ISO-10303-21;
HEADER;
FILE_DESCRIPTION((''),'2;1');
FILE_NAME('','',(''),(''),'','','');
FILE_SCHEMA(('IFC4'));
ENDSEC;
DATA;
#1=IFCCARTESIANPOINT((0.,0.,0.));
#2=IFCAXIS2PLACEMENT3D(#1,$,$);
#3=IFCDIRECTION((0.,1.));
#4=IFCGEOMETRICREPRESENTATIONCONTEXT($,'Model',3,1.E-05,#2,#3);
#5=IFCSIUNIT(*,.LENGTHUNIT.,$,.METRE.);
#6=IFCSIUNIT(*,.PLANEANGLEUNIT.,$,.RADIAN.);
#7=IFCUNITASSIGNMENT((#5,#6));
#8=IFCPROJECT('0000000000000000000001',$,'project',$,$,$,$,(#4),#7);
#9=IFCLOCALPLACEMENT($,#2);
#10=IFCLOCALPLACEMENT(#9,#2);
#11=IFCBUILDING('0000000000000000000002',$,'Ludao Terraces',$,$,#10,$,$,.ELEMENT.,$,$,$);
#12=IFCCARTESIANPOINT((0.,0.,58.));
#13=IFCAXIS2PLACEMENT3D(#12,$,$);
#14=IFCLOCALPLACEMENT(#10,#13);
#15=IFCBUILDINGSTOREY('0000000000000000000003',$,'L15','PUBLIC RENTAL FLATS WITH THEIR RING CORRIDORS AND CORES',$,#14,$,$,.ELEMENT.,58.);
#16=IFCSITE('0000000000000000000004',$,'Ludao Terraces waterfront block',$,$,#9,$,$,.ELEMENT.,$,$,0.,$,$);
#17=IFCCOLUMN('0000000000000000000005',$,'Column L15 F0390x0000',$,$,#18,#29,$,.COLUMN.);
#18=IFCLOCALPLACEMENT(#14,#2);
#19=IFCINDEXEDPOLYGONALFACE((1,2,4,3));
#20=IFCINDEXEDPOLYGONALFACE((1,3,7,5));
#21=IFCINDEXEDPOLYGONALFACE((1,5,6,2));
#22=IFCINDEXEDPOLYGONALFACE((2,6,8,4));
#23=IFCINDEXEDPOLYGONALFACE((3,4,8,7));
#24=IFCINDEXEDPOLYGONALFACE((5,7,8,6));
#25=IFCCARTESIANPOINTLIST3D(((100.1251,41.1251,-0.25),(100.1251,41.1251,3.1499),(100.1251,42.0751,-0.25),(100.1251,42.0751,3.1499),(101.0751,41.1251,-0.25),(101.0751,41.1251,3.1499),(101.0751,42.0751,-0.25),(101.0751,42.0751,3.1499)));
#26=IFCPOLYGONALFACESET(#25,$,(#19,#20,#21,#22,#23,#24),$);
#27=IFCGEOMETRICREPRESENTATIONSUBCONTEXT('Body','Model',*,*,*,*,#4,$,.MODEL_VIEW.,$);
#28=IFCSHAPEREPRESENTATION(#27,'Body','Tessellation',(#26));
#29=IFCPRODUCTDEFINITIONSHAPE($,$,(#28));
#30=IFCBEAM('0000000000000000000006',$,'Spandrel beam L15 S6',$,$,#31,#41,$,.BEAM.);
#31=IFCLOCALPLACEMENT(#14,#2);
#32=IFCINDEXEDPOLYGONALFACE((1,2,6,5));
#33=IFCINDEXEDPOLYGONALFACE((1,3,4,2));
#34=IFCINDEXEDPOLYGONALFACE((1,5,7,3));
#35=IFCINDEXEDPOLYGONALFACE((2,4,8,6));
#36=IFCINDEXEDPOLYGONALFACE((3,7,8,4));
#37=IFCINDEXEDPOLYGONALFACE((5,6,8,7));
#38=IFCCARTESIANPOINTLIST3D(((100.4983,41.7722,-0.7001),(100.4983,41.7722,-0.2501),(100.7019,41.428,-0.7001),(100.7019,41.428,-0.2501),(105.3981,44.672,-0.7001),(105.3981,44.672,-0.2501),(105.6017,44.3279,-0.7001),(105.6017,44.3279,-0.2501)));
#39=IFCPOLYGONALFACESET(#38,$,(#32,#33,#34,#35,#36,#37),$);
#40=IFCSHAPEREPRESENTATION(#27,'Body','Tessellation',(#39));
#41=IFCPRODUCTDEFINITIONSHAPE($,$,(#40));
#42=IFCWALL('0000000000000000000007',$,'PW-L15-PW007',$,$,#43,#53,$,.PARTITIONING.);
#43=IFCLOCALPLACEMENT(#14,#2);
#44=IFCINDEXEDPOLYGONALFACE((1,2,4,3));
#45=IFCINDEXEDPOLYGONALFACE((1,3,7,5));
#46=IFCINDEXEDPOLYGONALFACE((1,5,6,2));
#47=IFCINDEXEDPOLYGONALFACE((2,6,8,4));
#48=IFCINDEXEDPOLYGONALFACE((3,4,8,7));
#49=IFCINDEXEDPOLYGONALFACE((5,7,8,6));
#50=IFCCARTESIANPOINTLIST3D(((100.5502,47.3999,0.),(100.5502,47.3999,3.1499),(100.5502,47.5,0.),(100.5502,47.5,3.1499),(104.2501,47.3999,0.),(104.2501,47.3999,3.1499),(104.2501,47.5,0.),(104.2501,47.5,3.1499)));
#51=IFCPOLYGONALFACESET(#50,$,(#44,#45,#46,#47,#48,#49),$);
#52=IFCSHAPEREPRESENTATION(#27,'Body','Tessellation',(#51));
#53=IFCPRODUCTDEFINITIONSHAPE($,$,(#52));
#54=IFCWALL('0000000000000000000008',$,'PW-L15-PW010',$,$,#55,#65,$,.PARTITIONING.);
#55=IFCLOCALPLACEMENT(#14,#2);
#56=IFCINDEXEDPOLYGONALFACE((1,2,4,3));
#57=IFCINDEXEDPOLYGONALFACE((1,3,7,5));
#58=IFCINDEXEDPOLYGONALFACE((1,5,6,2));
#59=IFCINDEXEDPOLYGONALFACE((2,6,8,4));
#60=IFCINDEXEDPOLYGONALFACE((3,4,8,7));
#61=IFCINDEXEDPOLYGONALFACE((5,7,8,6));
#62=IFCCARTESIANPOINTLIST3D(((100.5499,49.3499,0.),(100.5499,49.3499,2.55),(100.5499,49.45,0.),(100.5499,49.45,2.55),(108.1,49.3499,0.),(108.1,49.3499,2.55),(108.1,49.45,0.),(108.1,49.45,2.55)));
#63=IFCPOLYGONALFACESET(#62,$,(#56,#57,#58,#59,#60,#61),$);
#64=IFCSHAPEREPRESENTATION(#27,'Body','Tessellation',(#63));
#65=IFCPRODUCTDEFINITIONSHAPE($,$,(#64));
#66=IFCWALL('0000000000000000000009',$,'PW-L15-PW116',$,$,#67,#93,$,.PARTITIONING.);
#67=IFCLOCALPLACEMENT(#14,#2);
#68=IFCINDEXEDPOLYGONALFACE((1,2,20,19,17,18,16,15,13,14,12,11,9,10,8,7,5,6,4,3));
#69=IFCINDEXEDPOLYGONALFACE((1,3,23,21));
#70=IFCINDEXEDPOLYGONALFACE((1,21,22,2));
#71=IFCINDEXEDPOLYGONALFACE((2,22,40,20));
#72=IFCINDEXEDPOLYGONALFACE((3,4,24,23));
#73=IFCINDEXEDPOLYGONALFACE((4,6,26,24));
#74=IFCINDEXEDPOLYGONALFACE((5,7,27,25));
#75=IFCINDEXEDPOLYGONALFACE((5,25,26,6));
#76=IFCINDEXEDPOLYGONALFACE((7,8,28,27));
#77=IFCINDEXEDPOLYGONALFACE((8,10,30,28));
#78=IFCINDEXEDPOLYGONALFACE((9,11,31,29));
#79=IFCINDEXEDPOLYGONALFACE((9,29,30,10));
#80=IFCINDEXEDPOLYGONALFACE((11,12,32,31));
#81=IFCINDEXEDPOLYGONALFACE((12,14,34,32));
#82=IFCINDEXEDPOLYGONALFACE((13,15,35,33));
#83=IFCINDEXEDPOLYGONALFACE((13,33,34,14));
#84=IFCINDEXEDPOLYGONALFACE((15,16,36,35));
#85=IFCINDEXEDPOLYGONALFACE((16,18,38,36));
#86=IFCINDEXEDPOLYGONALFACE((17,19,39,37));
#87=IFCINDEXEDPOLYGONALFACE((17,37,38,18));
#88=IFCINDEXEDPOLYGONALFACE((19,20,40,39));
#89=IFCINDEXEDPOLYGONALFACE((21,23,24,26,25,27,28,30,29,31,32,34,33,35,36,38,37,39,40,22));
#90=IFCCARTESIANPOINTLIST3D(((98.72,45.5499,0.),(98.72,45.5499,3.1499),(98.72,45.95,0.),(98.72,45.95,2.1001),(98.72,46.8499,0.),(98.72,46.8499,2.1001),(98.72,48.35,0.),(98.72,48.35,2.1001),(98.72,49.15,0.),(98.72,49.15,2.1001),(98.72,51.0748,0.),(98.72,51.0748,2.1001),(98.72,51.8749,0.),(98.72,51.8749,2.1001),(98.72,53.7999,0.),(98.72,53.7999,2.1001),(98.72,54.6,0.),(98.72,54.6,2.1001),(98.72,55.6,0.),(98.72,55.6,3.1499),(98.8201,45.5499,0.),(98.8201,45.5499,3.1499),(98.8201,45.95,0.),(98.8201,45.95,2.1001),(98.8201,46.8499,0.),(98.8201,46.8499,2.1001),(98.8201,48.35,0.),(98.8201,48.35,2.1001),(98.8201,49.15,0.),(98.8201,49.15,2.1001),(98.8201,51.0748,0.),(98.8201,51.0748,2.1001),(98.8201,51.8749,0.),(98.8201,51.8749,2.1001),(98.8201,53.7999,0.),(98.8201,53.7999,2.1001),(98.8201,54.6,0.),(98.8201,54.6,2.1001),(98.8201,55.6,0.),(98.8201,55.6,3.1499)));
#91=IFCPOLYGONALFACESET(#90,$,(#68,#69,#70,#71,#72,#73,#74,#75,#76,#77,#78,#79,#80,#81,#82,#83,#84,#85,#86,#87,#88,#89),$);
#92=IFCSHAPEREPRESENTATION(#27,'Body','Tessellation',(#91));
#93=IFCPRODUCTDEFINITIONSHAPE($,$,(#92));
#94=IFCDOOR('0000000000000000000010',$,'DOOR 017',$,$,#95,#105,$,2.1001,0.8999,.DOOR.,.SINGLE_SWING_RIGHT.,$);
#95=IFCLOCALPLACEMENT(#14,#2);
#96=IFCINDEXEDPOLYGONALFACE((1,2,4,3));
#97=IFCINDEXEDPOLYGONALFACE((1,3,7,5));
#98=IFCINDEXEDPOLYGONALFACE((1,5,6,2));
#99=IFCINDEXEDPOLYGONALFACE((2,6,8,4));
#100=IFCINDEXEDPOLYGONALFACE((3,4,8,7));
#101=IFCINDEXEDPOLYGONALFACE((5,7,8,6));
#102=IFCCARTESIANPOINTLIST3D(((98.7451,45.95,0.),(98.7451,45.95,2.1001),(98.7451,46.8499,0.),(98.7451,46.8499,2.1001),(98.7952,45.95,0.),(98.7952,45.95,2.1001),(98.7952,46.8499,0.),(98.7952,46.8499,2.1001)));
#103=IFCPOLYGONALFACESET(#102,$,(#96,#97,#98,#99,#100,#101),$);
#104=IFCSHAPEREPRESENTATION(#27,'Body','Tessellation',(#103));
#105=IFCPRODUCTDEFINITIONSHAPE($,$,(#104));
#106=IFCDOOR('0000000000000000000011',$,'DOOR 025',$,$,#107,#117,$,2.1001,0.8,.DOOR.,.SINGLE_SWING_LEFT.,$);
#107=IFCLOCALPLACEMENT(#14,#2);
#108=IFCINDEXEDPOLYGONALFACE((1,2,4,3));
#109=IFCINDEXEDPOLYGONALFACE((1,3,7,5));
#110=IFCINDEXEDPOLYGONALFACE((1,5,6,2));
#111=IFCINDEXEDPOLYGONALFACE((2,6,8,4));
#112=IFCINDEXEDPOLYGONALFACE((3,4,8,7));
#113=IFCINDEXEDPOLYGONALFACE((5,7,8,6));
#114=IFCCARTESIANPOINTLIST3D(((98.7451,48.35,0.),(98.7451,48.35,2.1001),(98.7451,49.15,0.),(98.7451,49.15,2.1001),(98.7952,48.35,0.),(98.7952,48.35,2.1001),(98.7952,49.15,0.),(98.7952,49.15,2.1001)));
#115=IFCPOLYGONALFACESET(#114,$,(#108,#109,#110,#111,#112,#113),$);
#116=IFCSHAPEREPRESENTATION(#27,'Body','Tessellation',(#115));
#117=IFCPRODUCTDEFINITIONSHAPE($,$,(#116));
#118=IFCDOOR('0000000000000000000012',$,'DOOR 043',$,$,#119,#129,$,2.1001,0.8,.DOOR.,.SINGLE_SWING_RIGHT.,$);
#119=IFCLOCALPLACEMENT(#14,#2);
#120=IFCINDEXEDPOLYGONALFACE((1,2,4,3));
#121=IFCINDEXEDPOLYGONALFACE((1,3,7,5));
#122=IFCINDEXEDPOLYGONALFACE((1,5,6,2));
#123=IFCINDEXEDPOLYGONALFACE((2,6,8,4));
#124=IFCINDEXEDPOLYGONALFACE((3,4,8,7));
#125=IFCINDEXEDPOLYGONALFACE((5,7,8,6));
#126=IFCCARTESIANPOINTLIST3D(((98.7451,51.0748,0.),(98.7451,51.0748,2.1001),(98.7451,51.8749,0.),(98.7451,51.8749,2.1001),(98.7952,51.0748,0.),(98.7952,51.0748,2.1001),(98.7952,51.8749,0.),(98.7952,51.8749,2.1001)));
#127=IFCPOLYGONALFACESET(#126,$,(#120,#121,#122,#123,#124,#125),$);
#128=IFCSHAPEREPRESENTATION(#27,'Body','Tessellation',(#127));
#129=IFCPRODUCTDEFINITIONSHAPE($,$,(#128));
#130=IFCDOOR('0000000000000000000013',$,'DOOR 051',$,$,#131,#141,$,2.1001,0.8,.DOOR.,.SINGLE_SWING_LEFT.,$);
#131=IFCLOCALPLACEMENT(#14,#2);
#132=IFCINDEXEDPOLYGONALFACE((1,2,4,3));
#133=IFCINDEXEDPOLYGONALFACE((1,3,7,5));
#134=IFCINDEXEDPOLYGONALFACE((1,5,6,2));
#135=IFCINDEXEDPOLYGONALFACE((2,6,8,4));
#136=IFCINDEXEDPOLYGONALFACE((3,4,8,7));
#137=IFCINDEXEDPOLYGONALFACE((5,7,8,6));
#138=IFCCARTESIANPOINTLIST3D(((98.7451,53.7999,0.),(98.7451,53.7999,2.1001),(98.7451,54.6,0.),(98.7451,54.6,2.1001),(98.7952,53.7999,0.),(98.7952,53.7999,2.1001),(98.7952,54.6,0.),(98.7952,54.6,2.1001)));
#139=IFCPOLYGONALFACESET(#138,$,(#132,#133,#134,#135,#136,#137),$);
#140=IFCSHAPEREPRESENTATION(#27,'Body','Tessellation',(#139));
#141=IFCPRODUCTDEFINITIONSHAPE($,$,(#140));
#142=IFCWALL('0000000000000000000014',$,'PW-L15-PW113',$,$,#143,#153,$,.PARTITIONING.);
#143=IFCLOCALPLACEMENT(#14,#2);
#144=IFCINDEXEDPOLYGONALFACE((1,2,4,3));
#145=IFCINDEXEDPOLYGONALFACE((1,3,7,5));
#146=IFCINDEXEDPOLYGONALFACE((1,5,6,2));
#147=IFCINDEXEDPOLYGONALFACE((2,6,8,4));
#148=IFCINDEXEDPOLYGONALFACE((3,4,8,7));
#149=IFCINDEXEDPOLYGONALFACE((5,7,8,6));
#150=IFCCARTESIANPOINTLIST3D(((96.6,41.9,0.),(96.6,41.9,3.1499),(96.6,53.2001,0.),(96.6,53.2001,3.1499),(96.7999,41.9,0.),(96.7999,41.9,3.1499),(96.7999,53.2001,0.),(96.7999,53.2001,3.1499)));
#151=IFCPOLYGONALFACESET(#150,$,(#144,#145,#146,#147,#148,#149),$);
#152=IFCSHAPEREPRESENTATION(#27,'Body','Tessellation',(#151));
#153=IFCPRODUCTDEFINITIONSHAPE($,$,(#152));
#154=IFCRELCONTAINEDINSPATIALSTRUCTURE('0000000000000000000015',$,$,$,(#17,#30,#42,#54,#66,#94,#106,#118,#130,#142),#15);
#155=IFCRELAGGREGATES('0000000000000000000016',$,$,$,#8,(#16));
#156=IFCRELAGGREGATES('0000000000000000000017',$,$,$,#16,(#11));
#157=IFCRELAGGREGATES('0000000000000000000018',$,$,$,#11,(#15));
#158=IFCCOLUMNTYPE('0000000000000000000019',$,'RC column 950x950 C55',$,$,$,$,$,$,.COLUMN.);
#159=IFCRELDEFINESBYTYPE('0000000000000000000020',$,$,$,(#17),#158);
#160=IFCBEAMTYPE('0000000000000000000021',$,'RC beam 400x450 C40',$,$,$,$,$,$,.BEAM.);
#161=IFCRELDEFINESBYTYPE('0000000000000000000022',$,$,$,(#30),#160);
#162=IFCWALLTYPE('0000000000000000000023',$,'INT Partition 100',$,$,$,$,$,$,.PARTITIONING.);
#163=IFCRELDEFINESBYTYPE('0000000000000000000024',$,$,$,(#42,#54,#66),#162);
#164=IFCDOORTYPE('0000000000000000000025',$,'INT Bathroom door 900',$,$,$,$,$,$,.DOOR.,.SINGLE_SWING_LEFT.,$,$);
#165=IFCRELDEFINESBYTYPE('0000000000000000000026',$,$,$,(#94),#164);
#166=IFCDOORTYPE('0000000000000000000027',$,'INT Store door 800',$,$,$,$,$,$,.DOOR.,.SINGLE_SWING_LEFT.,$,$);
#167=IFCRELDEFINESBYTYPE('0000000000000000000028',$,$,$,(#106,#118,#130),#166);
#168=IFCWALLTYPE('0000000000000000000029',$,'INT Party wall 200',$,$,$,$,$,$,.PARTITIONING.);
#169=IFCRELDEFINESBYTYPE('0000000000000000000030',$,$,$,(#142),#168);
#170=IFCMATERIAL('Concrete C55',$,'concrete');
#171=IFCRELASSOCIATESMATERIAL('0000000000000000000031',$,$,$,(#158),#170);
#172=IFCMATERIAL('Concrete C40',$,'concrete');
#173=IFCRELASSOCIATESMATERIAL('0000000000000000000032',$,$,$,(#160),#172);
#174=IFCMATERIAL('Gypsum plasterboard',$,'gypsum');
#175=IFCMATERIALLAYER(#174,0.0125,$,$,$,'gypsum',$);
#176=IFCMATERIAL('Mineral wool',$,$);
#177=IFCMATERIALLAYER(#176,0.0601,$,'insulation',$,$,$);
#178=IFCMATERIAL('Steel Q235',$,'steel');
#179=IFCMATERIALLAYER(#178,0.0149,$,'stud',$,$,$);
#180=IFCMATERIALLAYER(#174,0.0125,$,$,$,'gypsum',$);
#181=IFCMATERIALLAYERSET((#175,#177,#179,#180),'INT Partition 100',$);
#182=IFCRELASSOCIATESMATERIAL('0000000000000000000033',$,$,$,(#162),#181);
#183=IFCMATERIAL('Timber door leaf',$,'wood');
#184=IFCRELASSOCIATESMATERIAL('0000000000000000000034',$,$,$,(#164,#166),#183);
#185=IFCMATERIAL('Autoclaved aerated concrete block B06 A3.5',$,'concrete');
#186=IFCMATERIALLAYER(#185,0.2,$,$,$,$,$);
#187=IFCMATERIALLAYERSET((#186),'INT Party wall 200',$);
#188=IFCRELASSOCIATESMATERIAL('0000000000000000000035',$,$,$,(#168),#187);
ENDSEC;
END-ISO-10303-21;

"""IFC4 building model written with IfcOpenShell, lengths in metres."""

from ifc_helpers import new_model, si_unit, direction, frame, frame_2d, origin, origin_2d, place, context, subcontext, project, spatial, rectangle, extrude, material, layer, layer_set, material_profile, profile_set, type_object, element, fill, save


model = new_model("IFC4")

# Units and contexts
model_context = context("Model", 3, precision=1e-05, world=origin(), true_north=direction((0.0, 1.0)))
body_context = subcontext(model_context, "Body", "Model", "MODEL_VIEW")
ifc_project = project(units=[si_unit("LENGTHUNIT", "METRE"), si_unit("PLANEANGLEUNIT", "RADIAN")], contexts=[model_context])

# Site, building, storey
site_placement = place(None, origin())
site = spatial("IfcSite", under=ifc_project, at=site_placement, Name="Ludao Terraces waterfront block", CompositionType="ELEMENT", RefElevation=0.0)
building_placement = place(site_placement, origin())
building = spatial("IfcBuilding", under=site, at=building_placement, Name="Ludao Terraces", CompositionType="ELEMENT")
storey_placement = place(building_placement, frame((0.0, 0.0, 58.0)))
storey = spatial("IfcBuildingStorey", under=building, at=storey_placement, Name="L15", Description="PUBLIC RENTAL FLATS WITH THEIR RING CORRIDORS AND CORES", CompositionType="ELEMENT", Elevation=58.0)

# Column
ifc_material_1 = material(Name="Concrete C55", Category="concrete")
ifc_material_profile_1 = material_profile(ifc_material_1, rectangle(XDim=0.95, YDim=0.95, at=origin_2d()), Name="950 X 950")
ifc_profile_set_1 = profile_set([ifc_material_profile_1], Name="Concrete C55")
column_type = type_object("IfcColumnType", Name="RC column 950x950 C55", PredefinedType="COLUMN", material=ifc_profile_set_1)
column_placement = place(storey_placement, frame((100.6001, 41.6001, -0.25), z_axis=(0.0, 0.0, 1.0), x_axis=(1.0, 0.0, 0.0)))
element("IfcColumn", 1, at=column_placement, inside=storey, type_object=column_type, Name="Column L15 F0390x0000", PredefinedType="COLUMN", context=body_context, shape_type="SweptSolid", body=[
    extrude(rectangle(XDim=0.95, YDim=0.95, at=origin_2d()), origin(), (0.0, 0.0, 1.0), 3.3999),
])

# Beam
ifc_material_2 = material(Name="Concrete C40", Category="concrete")
ifc_material_profile_2 = material_profile(ifc_material_2, rectangle(XDim=0.3999, YDim=0.45, at=origin_2d()), Name="400 X 450")
ifc_profile_set_2 = profile_set([ifc_material_profile_2], Name="Concrete C40")
beam_type = type_object("IfcBeamType", Name="RC beam 400x450 C40", PredefinedType="BEAM", material=ifc_profile_set_2)
beam_placement = place(storey_placement, frame((100.6001, 41.6001, -0.4751), z_axis=(0.86058, 0.509316, 0.0), x_axis=(-0.509316, 0.86058, 0.0)))
element("IfcBeam", 2, at=beam_placement, inside=storey, type_object=beam_type, Name="Spandrel beam L15 S6", PredefinedType="BEAM", context=body_context, shape_type="SweptSolid", body=[
    extrude(rectangle(XDim=0.3999, YDim=0.45, at=origin_2d()), origin(), (0.0, 0.0, 1.0), 5.6936),
])

# Walls
ifc_material_3 = material(Name="Gypsum plasterboard", Category="gypsum")
ifc_layer_1 = layer(ifc_material_3, 0.0125, Category="gypsum")
ifc_material_4 = material(Name="Mineral wool")
ifc_layer_2 = layer(ifc_material_4, 0.0601, Name="insulation")
ifc_material_5 = material(Name="Steel Q235", Category="steel")
ifc_layer_3 = layer(ifc_material_5, 0.0149, Name="stud")
ifc_layer_4 = layer(ifc_material_3, 0.0125, Category="gypsum")
ifc_layer_set_1 = layer_set([ifc_layer_1, ifc_layer_2, ifc_layer_3, ifc_layer_4], Name="INT Partition 100")
wall_type_1 = type_object("IfcWallType", Name="INT Partition 100", PredefinedType="PARTITIONING", material=ifc_layer_set_1)
wall_1_placement = place(storey_placement, frame((100.55, 47.45, 0.0), z_axis=(0.0, 0.0, 1.0), x_axis=(1.0, 0.0, 0.0)))
element("IfcWall", 3, at=wall_1_placement, inside=storey, type_object=wall_type_1, Name="PW-L15-PW007", PredefinedType="PARTITIONING", context=body_context, shape_type="SweptSolid", body=[
    extrude(rectangle(XDim=3.7, YDim=0.1001, at=frame_2d((1.8501, 0.0))), origin(), (0.0, 0.0, 1.0), 3.1499),
])
wall_2_placement = place(storey_placement, frame((100.55, 49.3999, 0.0), z_axis=(0.0, 0.0, 1.0), x_axis=(1.0, 0.0, 0.0)))
element("IfcWall", 4, at=wall_2_placement, inside=storey, type_object=wall_type_1, Name="PW-L15-PW010", PredefinedType="PARTITIONING", context=body_context, shape_type="SweptSolid", body=[
    extrude(rectangle(XDim=7.55, YDim=0.1001, at=frame_2d((3.7749, 0.0))), origin(), (0.0, 0.0, 1.0), 2.55),
])

# Wall, openings, doors
wall_3_placement = place(storey_placement, frame((98.77, 45.55, 0.0), z_axis=(0.0, 0.0, 1.0), x_axis=(0.0, 1.0, 0.0)))
wall_3 = element("IfcWall", 5, at=wall_3_placement, inside=storey, type_object=wall_type_1, Name="PW-L15-PW116", PredefinedType="PARTITIONING", context=body_context, shape_type="SweptSolid", body=[
    extrude(rectangle(XDim=10.05, YDim=0.1001, at=frame_2d((5.0249, 0.0))), origin(), (0.0, 0.0, 1.0), 3.1499),
])
opening_1_placement = place(wall_3_placement, frame((0.3999, 0.0, 0.0)))
opening_1 = element("IfcOpeningElement", 6, at=opening_1_placement, cuts=wall_3, PredefinedType="OPENING", context=body_context, shape_type="SweptSolid", body=[
    extrude(rectangle(XDim=0.8999, YDim=2.1001, at=frame_2d((0.45, 1.05))), frame((0.0, 0.0601, 0.0), z_axis=(0.0, -1.0, 0.0), x_axis=(1.0, 0.0, 0.0)), (0.0, 0.0, 1.0), 0.1201),
])
opening_2_placement = place(wall_3_placement, frame((2.8, 0.0, 0.0)))
opening_2 = element("IfcOpeningElement", 7, at=opening_2_placement, cuts=wall_3, PredefinedType="OPENING", context=body_context, shape_type="SweptSolid", body=[
    extrude(rectangle(XDim=0.8, YDim=2.1001, at=frame_2d((0.3999, 1.05))), frame((0.0, 0.0601, 0.0), z_axis=(0.0, -1.0, 0.0), x_axis=(1.0, 0.0, 0.0)), (0.0, 0.0, 1.0), 0.1201),
])
opening_3_placement = place(wall_3_placement, frame((5.5249, 0.0, 0.0)))
opening_3 = element("IfcOpeningElement", 8, at=opening_3_placement, cuts=wall_3, PredefinedType="OPENING", context=body_context, shape_type="SweptSolid", body=[
    extrude(rectangle(XDim=0.8, YDim=2.1001, at=frame_2d((0.3999, 1.05))), frame((0.0, 0.0601, 0.0), z_axis=(0.0, -1.0, 0.0), x_axis=(1.0, 0.0, 0.0)), (0.0, 0.0, 1.0), 0.1201),
])
opening_4_placement = place(wall_3_placement, frame((8.25, 0.0, 0.0)))
opening_4 = element("IfcOpeningElement", 9, at=opening_4_placement, cuts=wall_3, PredefinedType="OPENING", context=body_context, shape_type="SweptSolid", body=[
    extrude(rectangle(XDim=0.8, YDim=2.1001, at=frame_2d((0.3999, 1.05))), frame((0.0, 0.0601, 0.0), z_axis=(0.0, -1.0, 0.0), x_axis=(1.0, 0.0, 0.0)), (0.0, 0.0, 1.0), 0.1201),
])
ifc_material_6 = material(Name="Timber door leaf", Category="wood")
door_type_1 = type_object("IfcDoorType", Name="INT Bathroom door 900", OperationType="SINGLE_SWING_LEFT", PredefinedType="DOOR", material=ifc_material_6)
door_1_placement = place(opening_1_placement, origin())
door_1 = element("IfcDoor", 10, at=door_1_placement, inside=storey, type_object=door_type_1, Name="DOOR 017", OperationType="SINGLE_SWING_RIGHT", OverallHeight=2.1001, OverallWidth=0.8999, PredefinedType="DOOR", context=body_context, shape_type="SweptSolid", body=[
    extrude(rectangle(XDim=0.8999, YDim=2.1001, at=frame_2d((0.45, 1.05))), frame((0.0, 0.0249, 0.0), z_axis=(0.0, -1.0, 0.0), x_axis=(1.0, 0.0, 0.0)), (0.0, 0.0, 1.0), 0.05),
])
fill(opening_1, door_1)
door_type_2 = type_object("IfcDoorType", Name="INT Store door 800", OperationType="SINGLE_SWING_LEFT", PredefinedType="DOOR", material=ifc_material_6)
door_2_placement = place(opening_2_placement, origin())
door_2 = element("IfcDoor", 11, at=door_2_placement, inside=storey, type_object=door_type_2, Name="DOOR 025", OperationType="SINGLE_SWING_LEFT", OverallHeight=2.1001, OverallWidth=0.8, PredefinedType="DOOR", context=body_context, shape_type="SweptSolid", body=[
    extrude(rectangle(XDim=0.8, YDim=2.1001, at=frame_2d((0.3999, 1.05))), frame((0.0, 0.0249, 0.0), z_axis=(0.0, -1.0, 0.0), x_axis=(1.0, 0.0, 0.0)), (0.0, 0.0, 1.0), 0.05),
])
fill(opening_2, door_2)
door_3_placement = place(opening_3_placement, origin())
door_3 = element("IfcDoor", 12, at=door_3_placement, inside=storey, type_object=door_type_2, Name="DOOR 043", OperationType="SINGLE_SWING_RIGHT", OverallHeight=2.1001, OverallWidth=0.8, PredefinedType="DOOR", context=body_context, shape_type="SweptSolid", body=[
    extrude(rectangle(XDim=0.8, YDim=2.1001, at=frame_2d((0.3999, 1.05))), frame((0.0, 0.0249, 0.0), z_axis=(0.0, -1.0, 0.0), x_axis=(1.0, 0.0, 0.0)), (0.0, 0.0, 1.0), 0.05),
])
fill(opening_3, door_3)
door_4_placement = place(opening_4_placement, origin())
door_4 = element("IfcDoor", 13, at=door_4_placement, inside=storey, type_object=door_type_2, Name="DOOR 051", OperationType="SINGLE_SWING_LEFT", OverallHeight=2.1001, OverallWidth=0.8, PredefinedType="DOOR", context=body_context, shape_type="SweptSolid", body=[
    extrude(rectangle(XDim=0.8, YDim=2.1001, at=frame_2d((0.3999, 1.05))), frame((0.0, 0.0249, 0.0), z_axis=(0.0, -1.0, 0.0), x_axis=(1.0, 0.0, 0.0)), (0.0, 0.0, 1.0), 0.05),
])
fill(opening_4, door_4)

# Wall
ifc_material_7 = material(Name="Autoclaved aerated concrete block B06 A3.5", Category="concrete")
ifc_layer_5 = layer(ifc_material_7, 0.2)
ifc_layer_set_2 = layer_set([ifc_layer_5], Name="INT Party wall 200")
wall_type_2 = type_object("IfcWallType", Name="INT Party wall 200", PredefinedType="PARTITIONING", material=ifc_layer_set_2)
wall_4_placement = place(storey_placement, frame((96.7, 41.9001, 0.0), z_axis=(0.0, 0.0, 1.0), x_axis=(0.0, 1.0, 0.0)))
element("IfcWall", 14, at=wall_4_placement, inside=storey, type_object=wall_type_2, Name="PW-L15-PW113", PredefinedType="PARTITIONING", context=body_context, shape_type="SweptSolid", body=[
    extrude(rectangle(XDim=11.3, YDim=0.2, at=frame_2d((5.6499, 0.0))), origin(), (0.0, 0.0, 1.0), 3.1499),
])

save(model, "model.ifc")
